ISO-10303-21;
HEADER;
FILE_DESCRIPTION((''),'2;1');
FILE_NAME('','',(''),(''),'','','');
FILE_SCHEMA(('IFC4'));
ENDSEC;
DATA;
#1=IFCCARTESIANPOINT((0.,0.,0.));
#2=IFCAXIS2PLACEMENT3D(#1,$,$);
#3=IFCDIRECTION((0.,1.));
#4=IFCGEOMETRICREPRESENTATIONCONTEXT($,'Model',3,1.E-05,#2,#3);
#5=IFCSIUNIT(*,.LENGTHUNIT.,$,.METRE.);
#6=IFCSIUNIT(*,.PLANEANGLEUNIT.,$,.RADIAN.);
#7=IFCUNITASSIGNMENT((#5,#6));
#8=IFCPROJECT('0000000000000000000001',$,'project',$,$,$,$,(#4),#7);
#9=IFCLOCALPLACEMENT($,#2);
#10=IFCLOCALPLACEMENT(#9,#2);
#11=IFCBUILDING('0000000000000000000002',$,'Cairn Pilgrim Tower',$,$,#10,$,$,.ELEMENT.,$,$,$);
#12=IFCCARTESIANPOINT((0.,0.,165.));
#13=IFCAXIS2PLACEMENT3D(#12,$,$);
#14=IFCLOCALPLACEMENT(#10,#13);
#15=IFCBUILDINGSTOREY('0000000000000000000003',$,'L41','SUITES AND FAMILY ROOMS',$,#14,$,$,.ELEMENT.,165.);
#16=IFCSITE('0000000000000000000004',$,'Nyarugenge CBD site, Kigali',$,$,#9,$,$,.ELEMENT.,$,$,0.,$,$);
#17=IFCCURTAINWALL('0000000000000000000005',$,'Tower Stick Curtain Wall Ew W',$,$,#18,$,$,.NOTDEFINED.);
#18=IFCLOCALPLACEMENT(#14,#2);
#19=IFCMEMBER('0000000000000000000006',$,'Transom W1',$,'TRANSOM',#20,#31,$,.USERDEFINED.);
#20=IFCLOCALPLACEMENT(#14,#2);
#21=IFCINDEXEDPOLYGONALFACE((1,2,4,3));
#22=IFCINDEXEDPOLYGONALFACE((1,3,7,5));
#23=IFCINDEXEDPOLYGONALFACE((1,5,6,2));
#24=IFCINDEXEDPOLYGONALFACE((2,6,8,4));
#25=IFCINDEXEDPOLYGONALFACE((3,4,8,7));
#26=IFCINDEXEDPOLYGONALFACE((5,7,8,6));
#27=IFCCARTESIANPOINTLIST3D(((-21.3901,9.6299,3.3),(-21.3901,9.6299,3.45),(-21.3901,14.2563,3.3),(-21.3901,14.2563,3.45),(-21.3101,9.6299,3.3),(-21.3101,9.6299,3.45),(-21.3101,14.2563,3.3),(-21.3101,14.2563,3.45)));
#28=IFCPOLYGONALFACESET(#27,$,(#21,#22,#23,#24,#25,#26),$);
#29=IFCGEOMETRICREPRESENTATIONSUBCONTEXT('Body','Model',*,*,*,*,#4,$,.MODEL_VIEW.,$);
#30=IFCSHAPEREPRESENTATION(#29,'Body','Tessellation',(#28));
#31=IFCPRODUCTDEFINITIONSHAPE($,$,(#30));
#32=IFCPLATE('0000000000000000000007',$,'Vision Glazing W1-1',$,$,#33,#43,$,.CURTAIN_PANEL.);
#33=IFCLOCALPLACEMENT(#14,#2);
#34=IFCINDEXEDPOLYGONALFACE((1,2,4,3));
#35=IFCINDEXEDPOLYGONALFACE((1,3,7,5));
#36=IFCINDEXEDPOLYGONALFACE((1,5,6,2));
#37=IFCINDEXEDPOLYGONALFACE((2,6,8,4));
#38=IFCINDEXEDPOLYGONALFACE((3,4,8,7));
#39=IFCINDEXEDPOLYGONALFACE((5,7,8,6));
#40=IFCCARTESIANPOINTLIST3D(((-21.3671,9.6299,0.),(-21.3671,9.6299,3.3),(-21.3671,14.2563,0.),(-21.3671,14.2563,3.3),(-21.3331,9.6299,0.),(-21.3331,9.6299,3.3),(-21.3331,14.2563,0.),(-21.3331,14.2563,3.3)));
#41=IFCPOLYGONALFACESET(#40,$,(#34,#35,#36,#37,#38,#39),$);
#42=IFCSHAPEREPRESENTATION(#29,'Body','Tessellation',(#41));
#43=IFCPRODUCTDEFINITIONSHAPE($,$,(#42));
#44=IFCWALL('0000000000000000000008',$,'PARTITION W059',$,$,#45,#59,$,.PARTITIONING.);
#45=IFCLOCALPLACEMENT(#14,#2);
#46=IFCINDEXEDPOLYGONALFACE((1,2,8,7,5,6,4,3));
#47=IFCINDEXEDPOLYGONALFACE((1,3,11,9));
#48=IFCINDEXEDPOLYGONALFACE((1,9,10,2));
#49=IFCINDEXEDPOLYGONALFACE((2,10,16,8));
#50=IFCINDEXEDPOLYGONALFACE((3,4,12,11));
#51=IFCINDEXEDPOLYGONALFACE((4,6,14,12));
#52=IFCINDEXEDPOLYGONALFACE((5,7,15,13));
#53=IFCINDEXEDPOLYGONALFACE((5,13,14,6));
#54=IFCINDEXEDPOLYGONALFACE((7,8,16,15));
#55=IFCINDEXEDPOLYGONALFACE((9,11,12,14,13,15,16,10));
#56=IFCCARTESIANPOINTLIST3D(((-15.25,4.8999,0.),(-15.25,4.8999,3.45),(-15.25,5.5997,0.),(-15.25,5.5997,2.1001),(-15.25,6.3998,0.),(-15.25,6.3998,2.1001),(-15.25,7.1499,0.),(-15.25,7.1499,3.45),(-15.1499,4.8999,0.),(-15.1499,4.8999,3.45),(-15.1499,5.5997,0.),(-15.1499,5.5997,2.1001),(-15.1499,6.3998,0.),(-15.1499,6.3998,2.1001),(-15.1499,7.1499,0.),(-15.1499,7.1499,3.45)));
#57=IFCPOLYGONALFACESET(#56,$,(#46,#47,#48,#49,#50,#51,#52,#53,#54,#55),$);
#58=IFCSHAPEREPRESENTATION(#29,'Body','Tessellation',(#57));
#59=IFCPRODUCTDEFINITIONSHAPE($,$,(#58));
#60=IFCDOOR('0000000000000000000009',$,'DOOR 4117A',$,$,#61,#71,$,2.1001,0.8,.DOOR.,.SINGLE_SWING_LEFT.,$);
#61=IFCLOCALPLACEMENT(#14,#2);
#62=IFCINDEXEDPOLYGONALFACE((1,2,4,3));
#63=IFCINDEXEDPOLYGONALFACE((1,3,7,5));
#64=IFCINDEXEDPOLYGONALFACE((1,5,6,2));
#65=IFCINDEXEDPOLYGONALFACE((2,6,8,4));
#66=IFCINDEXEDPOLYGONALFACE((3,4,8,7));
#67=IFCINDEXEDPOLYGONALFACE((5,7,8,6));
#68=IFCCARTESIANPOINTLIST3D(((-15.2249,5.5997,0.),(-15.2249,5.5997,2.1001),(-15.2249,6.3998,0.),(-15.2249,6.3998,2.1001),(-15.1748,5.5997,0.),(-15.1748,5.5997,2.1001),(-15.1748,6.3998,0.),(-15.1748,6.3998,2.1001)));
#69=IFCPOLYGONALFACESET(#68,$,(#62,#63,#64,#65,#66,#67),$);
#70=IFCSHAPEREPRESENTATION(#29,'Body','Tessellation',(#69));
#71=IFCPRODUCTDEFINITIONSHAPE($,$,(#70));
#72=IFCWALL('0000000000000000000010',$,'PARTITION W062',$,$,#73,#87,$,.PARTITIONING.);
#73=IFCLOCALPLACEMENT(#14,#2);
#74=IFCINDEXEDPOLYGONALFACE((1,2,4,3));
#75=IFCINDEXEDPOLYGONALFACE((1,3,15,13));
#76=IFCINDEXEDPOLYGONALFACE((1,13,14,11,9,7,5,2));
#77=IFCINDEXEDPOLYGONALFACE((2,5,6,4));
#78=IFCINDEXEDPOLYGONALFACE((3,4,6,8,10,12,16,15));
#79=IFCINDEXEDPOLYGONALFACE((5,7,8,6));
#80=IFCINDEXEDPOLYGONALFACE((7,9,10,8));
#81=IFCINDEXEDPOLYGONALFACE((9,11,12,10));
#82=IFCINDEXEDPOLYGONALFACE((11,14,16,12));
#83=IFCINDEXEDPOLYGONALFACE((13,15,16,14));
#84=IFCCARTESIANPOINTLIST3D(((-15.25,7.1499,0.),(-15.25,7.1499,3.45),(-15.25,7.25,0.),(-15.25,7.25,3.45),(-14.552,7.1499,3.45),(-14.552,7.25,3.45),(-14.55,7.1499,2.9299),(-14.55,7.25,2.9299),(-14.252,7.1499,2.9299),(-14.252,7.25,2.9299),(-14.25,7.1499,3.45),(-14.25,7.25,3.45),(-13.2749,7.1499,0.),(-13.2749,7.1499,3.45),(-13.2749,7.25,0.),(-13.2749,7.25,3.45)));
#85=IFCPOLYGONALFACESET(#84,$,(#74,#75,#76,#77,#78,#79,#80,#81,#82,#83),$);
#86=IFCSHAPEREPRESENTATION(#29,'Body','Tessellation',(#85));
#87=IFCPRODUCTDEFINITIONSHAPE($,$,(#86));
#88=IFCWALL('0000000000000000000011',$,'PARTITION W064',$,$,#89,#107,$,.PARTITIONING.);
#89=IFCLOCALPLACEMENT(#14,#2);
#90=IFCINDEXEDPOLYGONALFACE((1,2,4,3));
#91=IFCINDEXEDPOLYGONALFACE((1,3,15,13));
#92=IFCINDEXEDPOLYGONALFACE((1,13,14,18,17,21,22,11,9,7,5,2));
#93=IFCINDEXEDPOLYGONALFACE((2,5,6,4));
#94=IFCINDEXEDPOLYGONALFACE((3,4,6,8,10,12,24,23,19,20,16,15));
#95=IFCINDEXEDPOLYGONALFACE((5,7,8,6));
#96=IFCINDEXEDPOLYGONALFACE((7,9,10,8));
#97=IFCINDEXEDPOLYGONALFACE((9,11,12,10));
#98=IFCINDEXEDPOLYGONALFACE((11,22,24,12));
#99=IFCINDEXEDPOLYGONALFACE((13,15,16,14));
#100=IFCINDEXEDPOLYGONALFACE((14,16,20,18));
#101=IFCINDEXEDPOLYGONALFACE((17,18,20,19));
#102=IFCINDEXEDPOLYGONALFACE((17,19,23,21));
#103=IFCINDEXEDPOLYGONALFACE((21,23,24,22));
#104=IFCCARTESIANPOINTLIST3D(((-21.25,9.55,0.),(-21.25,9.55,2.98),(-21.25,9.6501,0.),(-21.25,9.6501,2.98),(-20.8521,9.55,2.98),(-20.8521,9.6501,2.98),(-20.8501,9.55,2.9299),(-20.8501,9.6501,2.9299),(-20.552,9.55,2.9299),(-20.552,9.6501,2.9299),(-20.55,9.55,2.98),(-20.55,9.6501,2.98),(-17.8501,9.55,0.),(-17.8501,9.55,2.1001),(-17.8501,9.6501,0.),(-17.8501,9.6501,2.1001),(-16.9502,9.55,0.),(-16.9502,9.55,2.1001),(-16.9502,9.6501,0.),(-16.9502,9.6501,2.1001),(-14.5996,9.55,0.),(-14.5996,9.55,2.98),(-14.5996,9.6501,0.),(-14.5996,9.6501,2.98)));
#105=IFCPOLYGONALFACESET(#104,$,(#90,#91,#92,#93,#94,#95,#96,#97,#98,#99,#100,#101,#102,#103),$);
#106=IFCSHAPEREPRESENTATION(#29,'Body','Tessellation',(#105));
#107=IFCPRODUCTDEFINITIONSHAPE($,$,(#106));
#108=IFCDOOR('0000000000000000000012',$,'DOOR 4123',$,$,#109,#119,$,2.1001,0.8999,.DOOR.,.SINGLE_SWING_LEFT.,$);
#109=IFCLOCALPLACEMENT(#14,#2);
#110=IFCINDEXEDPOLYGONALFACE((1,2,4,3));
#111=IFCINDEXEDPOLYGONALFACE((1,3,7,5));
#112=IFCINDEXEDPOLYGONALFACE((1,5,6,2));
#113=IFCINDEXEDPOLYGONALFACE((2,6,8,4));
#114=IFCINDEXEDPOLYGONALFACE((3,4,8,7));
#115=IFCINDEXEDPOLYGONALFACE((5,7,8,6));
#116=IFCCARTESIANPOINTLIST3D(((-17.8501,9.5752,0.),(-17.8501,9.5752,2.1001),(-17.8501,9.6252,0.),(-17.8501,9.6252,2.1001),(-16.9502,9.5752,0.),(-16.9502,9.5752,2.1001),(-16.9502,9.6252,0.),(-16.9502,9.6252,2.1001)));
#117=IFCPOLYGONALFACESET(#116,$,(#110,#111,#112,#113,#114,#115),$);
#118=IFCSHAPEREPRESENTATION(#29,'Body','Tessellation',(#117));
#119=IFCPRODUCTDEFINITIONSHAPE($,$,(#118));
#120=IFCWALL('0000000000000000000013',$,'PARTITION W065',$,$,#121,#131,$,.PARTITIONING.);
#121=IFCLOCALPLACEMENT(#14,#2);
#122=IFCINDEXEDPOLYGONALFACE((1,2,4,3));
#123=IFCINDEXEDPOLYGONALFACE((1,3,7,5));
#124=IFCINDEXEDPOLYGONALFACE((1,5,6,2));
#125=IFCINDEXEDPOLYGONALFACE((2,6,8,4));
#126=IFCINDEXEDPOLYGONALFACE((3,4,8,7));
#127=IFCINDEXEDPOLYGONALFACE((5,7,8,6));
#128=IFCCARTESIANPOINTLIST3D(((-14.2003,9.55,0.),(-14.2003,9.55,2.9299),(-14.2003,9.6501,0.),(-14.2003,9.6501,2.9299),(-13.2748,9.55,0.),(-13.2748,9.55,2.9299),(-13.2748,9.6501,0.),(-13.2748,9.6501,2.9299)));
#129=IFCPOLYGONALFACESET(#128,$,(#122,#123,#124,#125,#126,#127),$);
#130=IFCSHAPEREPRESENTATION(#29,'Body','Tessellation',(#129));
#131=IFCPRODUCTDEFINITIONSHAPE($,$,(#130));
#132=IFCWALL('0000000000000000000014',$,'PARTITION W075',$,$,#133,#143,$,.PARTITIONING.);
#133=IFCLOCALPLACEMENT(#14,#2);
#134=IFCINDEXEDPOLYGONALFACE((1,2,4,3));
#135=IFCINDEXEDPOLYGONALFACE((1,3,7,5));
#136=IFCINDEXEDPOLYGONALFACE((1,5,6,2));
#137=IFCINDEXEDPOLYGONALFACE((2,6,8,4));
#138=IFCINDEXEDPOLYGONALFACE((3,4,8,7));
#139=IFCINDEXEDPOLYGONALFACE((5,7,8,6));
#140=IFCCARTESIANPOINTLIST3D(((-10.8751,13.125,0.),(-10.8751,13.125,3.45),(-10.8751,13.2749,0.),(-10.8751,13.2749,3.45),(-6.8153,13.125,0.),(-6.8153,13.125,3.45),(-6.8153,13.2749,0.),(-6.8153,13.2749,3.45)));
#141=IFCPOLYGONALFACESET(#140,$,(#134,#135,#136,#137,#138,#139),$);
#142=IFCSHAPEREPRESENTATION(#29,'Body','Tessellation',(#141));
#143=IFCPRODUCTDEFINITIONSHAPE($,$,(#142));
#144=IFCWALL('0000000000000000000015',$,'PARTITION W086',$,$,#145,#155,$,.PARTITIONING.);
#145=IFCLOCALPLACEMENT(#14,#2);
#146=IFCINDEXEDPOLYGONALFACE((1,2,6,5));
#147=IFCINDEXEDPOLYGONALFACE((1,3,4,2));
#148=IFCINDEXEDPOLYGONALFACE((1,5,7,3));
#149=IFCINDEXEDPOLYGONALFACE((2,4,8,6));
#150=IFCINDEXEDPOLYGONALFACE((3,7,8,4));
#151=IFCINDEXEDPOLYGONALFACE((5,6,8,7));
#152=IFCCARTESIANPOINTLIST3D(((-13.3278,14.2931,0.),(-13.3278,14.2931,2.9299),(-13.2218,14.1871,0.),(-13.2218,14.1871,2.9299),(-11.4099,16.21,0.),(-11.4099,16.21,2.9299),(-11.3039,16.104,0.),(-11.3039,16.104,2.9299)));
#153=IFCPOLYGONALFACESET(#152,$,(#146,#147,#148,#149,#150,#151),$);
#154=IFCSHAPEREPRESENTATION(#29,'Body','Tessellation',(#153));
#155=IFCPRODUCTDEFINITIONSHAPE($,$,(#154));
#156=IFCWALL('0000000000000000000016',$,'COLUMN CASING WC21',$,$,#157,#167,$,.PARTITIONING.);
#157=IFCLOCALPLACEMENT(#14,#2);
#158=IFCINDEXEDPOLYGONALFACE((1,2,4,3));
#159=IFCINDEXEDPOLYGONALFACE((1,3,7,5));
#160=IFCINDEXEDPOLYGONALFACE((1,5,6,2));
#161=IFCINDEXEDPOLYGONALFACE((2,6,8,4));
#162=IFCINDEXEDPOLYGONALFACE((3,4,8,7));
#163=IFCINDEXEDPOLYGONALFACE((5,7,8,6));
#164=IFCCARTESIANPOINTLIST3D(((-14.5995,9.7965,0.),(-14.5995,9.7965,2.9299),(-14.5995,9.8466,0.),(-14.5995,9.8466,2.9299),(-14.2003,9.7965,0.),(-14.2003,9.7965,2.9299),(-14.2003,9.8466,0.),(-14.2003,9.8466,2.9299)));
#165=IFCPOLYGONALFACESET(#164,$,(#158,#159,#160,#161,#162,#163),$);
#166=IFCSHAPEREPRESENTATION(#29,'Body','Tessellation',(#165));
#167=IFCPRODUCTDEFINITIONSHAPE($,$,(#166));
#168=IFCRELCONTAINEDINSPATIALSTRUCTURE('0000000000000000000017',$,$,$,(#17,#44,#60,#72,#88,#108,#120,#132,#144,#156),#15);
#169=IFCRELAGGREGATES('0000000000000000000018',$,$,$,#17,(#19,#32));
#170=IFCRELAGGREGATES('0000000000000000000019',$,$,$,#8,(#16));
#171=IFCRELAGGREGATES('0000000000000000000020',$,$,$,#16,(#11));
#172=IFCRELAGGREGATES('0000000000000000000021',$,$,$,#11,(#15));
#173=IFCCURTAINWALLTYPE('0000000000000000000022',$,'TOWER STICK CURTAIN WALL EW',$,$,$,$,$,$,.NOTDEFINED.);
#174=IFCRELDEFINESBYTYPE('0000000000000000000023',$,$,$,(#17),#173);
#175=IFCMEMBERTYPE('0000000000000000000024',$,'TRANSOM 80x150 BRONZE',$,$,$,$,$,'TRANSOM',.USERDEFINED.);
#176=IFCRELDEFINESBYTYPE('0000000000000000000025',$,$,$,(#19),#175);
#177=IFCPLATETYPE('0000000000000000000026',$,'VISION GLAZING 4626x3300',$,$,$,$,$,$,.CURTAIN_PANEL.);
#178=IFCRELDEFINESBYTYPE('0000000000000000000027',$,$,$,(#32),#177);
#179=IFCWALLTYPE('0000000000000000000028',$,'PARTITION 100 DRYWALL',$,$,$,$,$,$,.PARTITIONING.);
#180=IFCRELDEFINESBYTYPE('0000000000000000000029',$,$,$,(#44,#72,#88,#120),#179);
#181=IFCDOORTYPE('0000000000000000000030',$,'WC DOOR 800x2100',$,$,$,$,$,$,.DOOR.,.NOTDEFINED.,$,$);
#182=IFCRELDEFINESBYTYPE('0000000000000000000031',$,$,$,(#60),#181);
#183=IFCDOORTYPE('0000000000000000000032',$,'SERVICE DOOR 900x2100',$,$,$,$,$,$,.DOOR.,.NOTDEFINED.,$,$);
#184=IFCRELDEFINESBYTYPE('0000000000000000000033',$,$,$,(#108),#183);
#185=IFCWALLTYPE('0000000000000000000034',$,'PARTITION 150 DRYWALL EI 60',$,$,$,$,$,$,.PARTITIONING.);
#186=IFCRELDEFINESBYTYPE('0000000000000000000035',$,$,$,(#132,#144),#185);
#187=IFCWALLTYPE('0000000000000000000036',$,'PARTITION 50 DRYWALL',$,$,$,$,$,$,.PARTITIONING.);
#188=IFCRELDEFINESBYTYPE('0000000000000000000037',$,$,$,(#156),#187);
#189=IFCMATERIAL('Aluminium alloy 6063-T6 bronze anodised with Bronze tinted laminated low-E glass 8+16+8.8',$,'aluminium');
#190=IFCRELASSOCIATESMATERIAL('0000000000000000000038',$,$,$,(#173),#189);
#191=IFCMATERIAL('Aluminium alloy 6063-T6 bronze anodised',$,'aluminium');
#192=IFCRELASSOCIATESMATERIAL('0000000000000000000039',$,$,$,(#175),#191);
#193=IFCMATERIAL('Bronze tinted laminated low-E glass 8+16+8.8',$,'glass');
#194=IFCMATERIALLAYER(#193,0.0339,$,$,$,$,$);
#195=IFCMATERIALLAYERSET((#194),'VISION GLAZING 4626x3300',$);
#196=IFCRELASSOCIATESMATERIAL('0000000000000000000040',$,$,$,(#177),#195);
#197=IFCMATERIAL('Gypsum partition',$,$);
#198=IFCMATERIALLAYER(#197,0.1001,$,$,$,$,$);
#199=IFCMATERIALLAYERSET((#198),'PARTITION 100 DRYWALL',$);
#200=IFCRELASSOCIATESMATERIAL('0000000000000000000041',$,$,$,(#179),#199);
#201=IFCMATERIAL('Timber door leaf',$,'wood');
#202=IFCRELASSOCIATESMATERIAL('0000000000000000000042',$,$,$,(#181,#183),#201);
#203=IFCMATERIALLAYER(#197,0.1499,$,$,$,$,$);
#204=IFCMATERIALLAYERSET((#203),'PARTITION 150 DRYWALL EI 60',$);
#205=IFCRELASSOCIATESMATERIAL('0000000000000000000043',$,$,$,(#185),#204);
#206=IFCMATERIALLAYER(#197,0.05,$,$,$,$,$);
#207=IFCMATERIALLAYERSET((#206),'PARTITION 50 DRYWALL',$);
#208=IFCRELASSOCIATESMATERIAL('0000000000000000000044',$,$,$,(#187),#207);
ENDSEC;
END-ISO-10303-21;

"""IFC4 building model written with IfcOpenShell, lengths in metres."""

from ifc_helpers import new_model, si_unit, direction, frame, frame_2d, origin, origin_2d, place, context, subcontext, project, spatial, polyline, rectangle, outline, extrude, material, layer, layer_set, material_profile, profile_set, type_object, element, fill, aggregate, save


model = new_model("IFC4")

# Units and contexts
model_context = context("Model", 3, precision=1e-05, world=origin(), true_north=direction((0.0, 1.0)))
body_context = subcontext(model_context, "Body", "Model", "MODEL_VIEW")
ifc_project = project(units=[si_unit("LENGTHUNIT", "METRE"), si_unit("PLANEANGLEUNIT", "RADIAN")], contexts=[model_context])

# Site, building, storey
site_placement = place(None, origin())
site = spatial("IfcSite", under=ifc_project, at=site_placement, Name="Nyarugenge CBD site, Kigali", CompositionType="ELEMENT", RefElevation=0.0)
building_placement = place(site_placement, origin())
building = spatial("IfcBuilding", under=site, at=building_placement, Name="Cairn Pilgrim Tower", CompositionType="ELEMENT")
storey_placement = place(building_placement, frame((0.0, 0.0, 165.0)))
storey = spatial("IfcBuildingStorey", under=building, at=storey_placement, Name="L41", Description="SUITES AND FAMILY ROOMS", CompositionType="ELEMENT", Elevation=165.0)

# Curtain wall
ifc_material_1 = material(Name="Aluminium alloy 6063-T6 bronze anodised with Bronze tinted laminated low-E glass 8+16+8.8", Category="aluminium")
curtain_wall_type = type_object("IfcCurtainWallType", Name="TOWER STICK CURTAIN WALL EW", PredefinedType="NOTDEFINED", material=ifc_material_1)
curtain_wall_placement = place(storey_placement, origin())
curtain_wall = element("IfcCurtainWall", 1, at=curtain_wall_placement, inside=storey, type_object=curtain_wall_type, Name="Tower Stick Curtain Wall Ew W", PredefinedType="NOTDEFINED")
ifc_material_2 = material(Name="Aluminium alloy 6063-T6 bronze anodised", Category="aluminium")

# Member
ifc_material_profile_1 = material_profile(ifc_material_2, rectangle(XDim=0.0801, YDim=0.1499, at=origin_2d()), Name="TRANSOM 80x150 BRONZE")
ifc_profile_set_1 = profile_set([ifc_material_profile_1], Name="Aluminium alloy 6063-T6 bronze anodised")
member_type_1 = type_object("IfcMemberType", Name="TRANSOM 80x150 BRONZE", ElementType="TRANSOM", PredefinedType="USERDEFINED", material=ifc_profile_set_1)
member_1_placement = place(storey_placement, frame((-21.3501, 14.2563, 3.375), z_axis=(0.0, -1.0, 0.0), x_axis=(1.0, 0.0, 0.0)))
member_1 = element("IfcMember", 2, at=member_1_placement, type_object=member_type_1, Name="Transom W1", ObjectType="TRANSOM", PredefinedType="USERDEFINED", context=body_context, shape_type="SweptSolid", body=[
    extrude(rectangle(XDim=0.0801, YDim=0.1499, at=origin_2d()), origin(), (0.0, 0.0, 1.0), 4.6265),
])

# Plate
ifc_material_3 = material(Name="Bronze tinted laminated low-E glass 8+16+8.8", Category="glass")
ifc_layer_1 = layer(ifc_material_3, 0.0339)
ifc_layer_set_1 = layer_set([ifc_layer_1], Name="VISION GLAZING 4626x3300")
plate_type = type_object("IfcPlateType", Name="VISION GLAZING 4626x3300", PredefinedType="CURTAIN_PANEL", material=ifc_layer_set_1)
plate_placement = place(storey_placement, frame((-21.3501, 11.9431, 0.0), z_axis=(0.0, 0.0, 1.0), x_axis=(0.0, -1.0, 0.0)))
plate = element("IfcPlate", 3, at=plate_placement, type_object=plate_type, Name="Vision Glazing W1-1", PredefinedType="CURTAIN_PANEL", context=body_context, shape_type="SweptSolid", body=[
    extrude(rectangle(XDim=4.6265, YDim=0.0339, at=origin_2d()), origin(), (0.0, 0.0, 1.0), 3.3),
])
aggregate(curtain_wall, [member_1, plate])

# Wall, opening, door
ifc_material_4 = material(Name="Gypsum partition")
ifc_layer_2 = layer(ifc_material_4, 0.1001)
ifc_layer_set_2 = layer_set([ifc_layer_2], Name="PARTITION 100 DRYWALL")
wall_type_1 = type_object("IfcWallType", Name="PARTITION 100 DRYWALL", PredefinedType="PARTITIONING", material=ifc_layer_set_2)
wall_1_placement = place(storey_placement, frame((-15.2, 4.8999, 0.0), z_axis=(0.0, 0.0, 1.0), x_axis=(0.0, 1.0, 0.0)))
wall_1 = element("IfcWall", 4, at=wall_1_placement, inside=storey, type_object=wall_type_1, Name="PARTITION W059", PredefinedType="PARTITIONING", context=body_context, shape_type="SweptSolid", body=[
    extrude(rectangle(XDim=2.25, YDim=0.1001, at=frame_2d((1.125, 0.0))), origin(), (0.0, 0.0, 1.0), 3.45),
])
opening_1_placement = place(wall_1_placement, frame((0.7, 0.0, 0.0)))
opening_1 = element("IfcOpeningElement", 5, at=opening_1_placement, cuts=wall_1, PredefinedType="OPENING", context=body_context, shape_type="SweptSolid", body=[
    extrude(rectangle(XDim=0.8, YDim=2.1001, at=frame_2d((0.3999, 1.05))), frame((0.0, 0.0601, 0.0), z_axis=(0.0, -1.0, 0.0), x_axis=(1.0, 0.0, 0.0)), (0.0, 0.0, 1.0), 0.1201),
])
ifc_material_5 = material(Name="Timber door leaf", Category="wood")
door_type_1 = type_object("IfcDoorType", Name="WC DOOR 800x2100", OperationType="NOTDEFINED", PredefinedType="DOOR", material=ifc_material_5)
door_1_placement = place(opening_1_placement, origin())
door_1 = element("IfcDoor", 6, at=door_1_placement, inside=storey, type_object=door_type_1, Name="DOOR 4117A", OperationType="SINGLE_SWING_LEFT", OverallHeight=2.1001, OverallWidth=0.8, PredefinedType="DOOR", context=body_context, shape_type="SweptSolid", body=[
    extrude(rectangle(XDim=0.8, YDim=2.1001, at=frame_2d((0.3999, 1.05))), frame((0.0, 0.0249, 0.0), z_axis=(0.0, -1.0, 0.0), x_axis=(1.0, 0.0, 0.0)), (0.0, 0.0, 1.0), 0.05),
])
fill(opening_1, door_1)

# Wall
wall_2_placement = place(storey_placement, frame((-15.25, 7.2, 0.0), z_axis=(0.0, 0.0, 1.0), x_axis=(1.0, 0.0, 0.0)))
element("IfcWall", 7, at=wall_2_placement, inside=storey, type_object=wall_type_1, Name="PARTITION W062", PredefinedType="PARTITIONING", context=body_context, shape_type="SweptSolid", body=[
    extrude(outline(polyline([(0.0, 0.0), (1.9751, 0.0), (1.9751, 3.45), (1.0, 3.45), (0.998, 2.9299), (0.7, 2.9299), (0.698, 3.45), (0.0, 3.45), (0.0, 0.0)])), frame((0.0, 0.05, 0.0), z_axis=(0.0, -1.0, 0.0), x_axis=(1.0, 0.0, 0.0)), (0.0, 0.0, 1.0), 0.1001),
])

# Wall, opening, door
wall_3_placement = place(storey_placement, frame((-21.25, 9.6001, 0.0), z_axis=(0.0, 0.0, 1.0), x_axis=(1.0, 0.0, 0.0)))
wall_3 = element("IfcWall", 8, at=wall_3_placement, inside=storey, type_object=wall_type_1, Name="PARTITION W064", PredefinedType="PARTITIONING", context=body_context, shape_type="SweptSolid", body=[
    extrude(outline(polyline([(0.0, 0.0), (6.6504, 0.0), (6.6504, 2.98), (0.7, 2.98), (0.698, 2.9299), (0.3999, 2.9299), (0.3979, 2.98), (0.0, 2.98), (0.0, 0.0)])), frame((0.0, 0.05, 0.0), z_axis=(0.0, -1.0, 0.0), x_axis=(1.0, 0.0, 0.0)), (0.0, 0.0, 1.0), 0.1001),
])
opening_2_placement = place(wall_3_placement, frame((3.3999, 0.0, 0.0)))
opening_2 = element("IfcOpeningElement", 9, at=opening_2_placement, cuts=wall_3, PredefinedType="OPENING", context=body_context, shape_type="SweptSolid", body=[
    extrude(rectangle(XDim=0.8999, YDim=2.1001, at=frame_2d((0.45, 1.05))), frame((0.0, 0.0601, 0.0), z_axis=(0.0, -1.0, 0.0), x_axis=(1.0, 0.0, 0.0)), (0.0, 0.0, 1.0), 0.1201),
])
door_type_2 = type_object("IfcDoorType", Name="SERVICE DOOR 900x2100", OperationType="NOTDEFINED", PredefinedType="DOOR", material=ifc_material_5)
door_2_placement = place(opening_2_placement, frame((0.8999, 0.0, 0.0), z_axis=(0.0, 0.0, 1.0), x_axis=(-1.0, 0.0, 0.0)))
door_2 = element("IfcDoor", 10, at=door_2_placement, inside=storey, type_object=door_type_2, Name="DOOR 4123", OperationType="SINGLE_SWING_LEFT", OverallHeight=2.1001, OverallWidth=0.8999, PredefinedType="DOOR", context=body_context, shape_type="SweptSolid", body=[
    extrude(rectangle(XDim=0.8999, YDim=2.1001, at=frame_2d((0.45, 1.05))), frame((0.0, 0.0249, 0.0), z_axis=(0.0, -1.0, 0.0), x_axis=(1.0, 0.0, 0.0)), (0.0, 0.0, 1.0), 0.05),
])
fill(opening_2, door_2)

# Walls
wall_4_placement = place(storey_placement, frame((-14.2004, 9.6001, 0.0), z_axis=(0.0, 0.0, 1.0), x_axis=(1.0, 0.0, 0.0)))
element("IfcWall", 11, at=wall_4_placement, inside=storey, type_object=wall_type_1, Name="PARTITION W065", PredefinedType="PARTITIONING", context=body_context, shape_type="SweptSolid", body=[
    extrude(rectangle(XDim=0.9255, YDim=0.1001, at=frame_2d((0.4629, 0.0))), origin(), (0.0, 0.0, 1.0), 2.9299),
])
ifc_layer_3 = layer(ifc_material_4, 0.1499)
ifc_layer_set_3 = layer_set([ifc_layer_3], Name="PARTITION 150 DRYWALL EI 60")
wall_type_2 = type_object("IfcWallType", Name="PARTITION 150 DRYWALL EI 60", PredefinedType="PARTITIONING", material=ifc_layer_set_3)
wall_5_placement = place(storey_placement, frame((-10.875, 13.2, 0.0), z_axis=(0.0, 0.0, 1.0), x_axis=(1.0, 0.0, 0.0)))
element("IfcWall", 12, at=wall_5_placement, inside=storey, type_object=wall_type_2, Name="PARTITION W075", PredefinedType="PARTITIONING", context=body_context, shape_type="SweptSolid", body=[
    extrude(rectangle(XDim=4.0598, YDim=0.1499, at=frame_2d((2.0298, 0.0))), origin(), (0.0, 0.0, 1.0), 3.45),
])
wall_6_placement = place(storey_placement, frame((-13.2749, 14.24, 0.0), z_axis=(0.0, 0.0, 1.0), x_axis=(0.707287, 0.706927, 0.0)))
element("IfcWall", 13, at=wall_6_placement, inside=storey, type_object=wall_type_2, Name="PARTITION W086", PredefinedType="PARTITIONING", context=body_context, shape_type="SweptSolid", body=[
    extrude(rectangle(XDim=2.7117, YDim=0.1499, at=frame_2d((1.356, 0.0))), origin(), (0.0, 0.0, 1.0), 2.9299),
])
ifc_layer_4 = layer(ifc_material_4, 0.05)
ifc_layer_set_4 = layer_set([ifc_layer_4], Name="PARTITION 50 DRYWALL")
wall_type_3 = type_object("IfcWallType", Name="PARTITION 50 DRYWALL", PredefinedType="PARTITIONING", material=ifc_layer_set_4)
wall_7_placement = place(storey_placement, frame((-14.5996, 9.8215, 0.0), z_axis=(0.0, 0.0, 1.0), x_axis=(1.0, 0.0, 0.0)))
element("IfcWall", 14, at=wall_7_placement, inside=storey, type_object=wall_type_3, Name="COLUMN CASING WC21", PredefinedType="PARTITIONING", context=body_context, shape_type="SweptSolid", body=[
    extrude(rectangle(XDim=0.3992, YDim=0.05, at=frame_2d((0.1997, 0.0))), origin(), (0.0, 0.0, 1.0), 2.9299),
])

save(model, "model.ifc")
